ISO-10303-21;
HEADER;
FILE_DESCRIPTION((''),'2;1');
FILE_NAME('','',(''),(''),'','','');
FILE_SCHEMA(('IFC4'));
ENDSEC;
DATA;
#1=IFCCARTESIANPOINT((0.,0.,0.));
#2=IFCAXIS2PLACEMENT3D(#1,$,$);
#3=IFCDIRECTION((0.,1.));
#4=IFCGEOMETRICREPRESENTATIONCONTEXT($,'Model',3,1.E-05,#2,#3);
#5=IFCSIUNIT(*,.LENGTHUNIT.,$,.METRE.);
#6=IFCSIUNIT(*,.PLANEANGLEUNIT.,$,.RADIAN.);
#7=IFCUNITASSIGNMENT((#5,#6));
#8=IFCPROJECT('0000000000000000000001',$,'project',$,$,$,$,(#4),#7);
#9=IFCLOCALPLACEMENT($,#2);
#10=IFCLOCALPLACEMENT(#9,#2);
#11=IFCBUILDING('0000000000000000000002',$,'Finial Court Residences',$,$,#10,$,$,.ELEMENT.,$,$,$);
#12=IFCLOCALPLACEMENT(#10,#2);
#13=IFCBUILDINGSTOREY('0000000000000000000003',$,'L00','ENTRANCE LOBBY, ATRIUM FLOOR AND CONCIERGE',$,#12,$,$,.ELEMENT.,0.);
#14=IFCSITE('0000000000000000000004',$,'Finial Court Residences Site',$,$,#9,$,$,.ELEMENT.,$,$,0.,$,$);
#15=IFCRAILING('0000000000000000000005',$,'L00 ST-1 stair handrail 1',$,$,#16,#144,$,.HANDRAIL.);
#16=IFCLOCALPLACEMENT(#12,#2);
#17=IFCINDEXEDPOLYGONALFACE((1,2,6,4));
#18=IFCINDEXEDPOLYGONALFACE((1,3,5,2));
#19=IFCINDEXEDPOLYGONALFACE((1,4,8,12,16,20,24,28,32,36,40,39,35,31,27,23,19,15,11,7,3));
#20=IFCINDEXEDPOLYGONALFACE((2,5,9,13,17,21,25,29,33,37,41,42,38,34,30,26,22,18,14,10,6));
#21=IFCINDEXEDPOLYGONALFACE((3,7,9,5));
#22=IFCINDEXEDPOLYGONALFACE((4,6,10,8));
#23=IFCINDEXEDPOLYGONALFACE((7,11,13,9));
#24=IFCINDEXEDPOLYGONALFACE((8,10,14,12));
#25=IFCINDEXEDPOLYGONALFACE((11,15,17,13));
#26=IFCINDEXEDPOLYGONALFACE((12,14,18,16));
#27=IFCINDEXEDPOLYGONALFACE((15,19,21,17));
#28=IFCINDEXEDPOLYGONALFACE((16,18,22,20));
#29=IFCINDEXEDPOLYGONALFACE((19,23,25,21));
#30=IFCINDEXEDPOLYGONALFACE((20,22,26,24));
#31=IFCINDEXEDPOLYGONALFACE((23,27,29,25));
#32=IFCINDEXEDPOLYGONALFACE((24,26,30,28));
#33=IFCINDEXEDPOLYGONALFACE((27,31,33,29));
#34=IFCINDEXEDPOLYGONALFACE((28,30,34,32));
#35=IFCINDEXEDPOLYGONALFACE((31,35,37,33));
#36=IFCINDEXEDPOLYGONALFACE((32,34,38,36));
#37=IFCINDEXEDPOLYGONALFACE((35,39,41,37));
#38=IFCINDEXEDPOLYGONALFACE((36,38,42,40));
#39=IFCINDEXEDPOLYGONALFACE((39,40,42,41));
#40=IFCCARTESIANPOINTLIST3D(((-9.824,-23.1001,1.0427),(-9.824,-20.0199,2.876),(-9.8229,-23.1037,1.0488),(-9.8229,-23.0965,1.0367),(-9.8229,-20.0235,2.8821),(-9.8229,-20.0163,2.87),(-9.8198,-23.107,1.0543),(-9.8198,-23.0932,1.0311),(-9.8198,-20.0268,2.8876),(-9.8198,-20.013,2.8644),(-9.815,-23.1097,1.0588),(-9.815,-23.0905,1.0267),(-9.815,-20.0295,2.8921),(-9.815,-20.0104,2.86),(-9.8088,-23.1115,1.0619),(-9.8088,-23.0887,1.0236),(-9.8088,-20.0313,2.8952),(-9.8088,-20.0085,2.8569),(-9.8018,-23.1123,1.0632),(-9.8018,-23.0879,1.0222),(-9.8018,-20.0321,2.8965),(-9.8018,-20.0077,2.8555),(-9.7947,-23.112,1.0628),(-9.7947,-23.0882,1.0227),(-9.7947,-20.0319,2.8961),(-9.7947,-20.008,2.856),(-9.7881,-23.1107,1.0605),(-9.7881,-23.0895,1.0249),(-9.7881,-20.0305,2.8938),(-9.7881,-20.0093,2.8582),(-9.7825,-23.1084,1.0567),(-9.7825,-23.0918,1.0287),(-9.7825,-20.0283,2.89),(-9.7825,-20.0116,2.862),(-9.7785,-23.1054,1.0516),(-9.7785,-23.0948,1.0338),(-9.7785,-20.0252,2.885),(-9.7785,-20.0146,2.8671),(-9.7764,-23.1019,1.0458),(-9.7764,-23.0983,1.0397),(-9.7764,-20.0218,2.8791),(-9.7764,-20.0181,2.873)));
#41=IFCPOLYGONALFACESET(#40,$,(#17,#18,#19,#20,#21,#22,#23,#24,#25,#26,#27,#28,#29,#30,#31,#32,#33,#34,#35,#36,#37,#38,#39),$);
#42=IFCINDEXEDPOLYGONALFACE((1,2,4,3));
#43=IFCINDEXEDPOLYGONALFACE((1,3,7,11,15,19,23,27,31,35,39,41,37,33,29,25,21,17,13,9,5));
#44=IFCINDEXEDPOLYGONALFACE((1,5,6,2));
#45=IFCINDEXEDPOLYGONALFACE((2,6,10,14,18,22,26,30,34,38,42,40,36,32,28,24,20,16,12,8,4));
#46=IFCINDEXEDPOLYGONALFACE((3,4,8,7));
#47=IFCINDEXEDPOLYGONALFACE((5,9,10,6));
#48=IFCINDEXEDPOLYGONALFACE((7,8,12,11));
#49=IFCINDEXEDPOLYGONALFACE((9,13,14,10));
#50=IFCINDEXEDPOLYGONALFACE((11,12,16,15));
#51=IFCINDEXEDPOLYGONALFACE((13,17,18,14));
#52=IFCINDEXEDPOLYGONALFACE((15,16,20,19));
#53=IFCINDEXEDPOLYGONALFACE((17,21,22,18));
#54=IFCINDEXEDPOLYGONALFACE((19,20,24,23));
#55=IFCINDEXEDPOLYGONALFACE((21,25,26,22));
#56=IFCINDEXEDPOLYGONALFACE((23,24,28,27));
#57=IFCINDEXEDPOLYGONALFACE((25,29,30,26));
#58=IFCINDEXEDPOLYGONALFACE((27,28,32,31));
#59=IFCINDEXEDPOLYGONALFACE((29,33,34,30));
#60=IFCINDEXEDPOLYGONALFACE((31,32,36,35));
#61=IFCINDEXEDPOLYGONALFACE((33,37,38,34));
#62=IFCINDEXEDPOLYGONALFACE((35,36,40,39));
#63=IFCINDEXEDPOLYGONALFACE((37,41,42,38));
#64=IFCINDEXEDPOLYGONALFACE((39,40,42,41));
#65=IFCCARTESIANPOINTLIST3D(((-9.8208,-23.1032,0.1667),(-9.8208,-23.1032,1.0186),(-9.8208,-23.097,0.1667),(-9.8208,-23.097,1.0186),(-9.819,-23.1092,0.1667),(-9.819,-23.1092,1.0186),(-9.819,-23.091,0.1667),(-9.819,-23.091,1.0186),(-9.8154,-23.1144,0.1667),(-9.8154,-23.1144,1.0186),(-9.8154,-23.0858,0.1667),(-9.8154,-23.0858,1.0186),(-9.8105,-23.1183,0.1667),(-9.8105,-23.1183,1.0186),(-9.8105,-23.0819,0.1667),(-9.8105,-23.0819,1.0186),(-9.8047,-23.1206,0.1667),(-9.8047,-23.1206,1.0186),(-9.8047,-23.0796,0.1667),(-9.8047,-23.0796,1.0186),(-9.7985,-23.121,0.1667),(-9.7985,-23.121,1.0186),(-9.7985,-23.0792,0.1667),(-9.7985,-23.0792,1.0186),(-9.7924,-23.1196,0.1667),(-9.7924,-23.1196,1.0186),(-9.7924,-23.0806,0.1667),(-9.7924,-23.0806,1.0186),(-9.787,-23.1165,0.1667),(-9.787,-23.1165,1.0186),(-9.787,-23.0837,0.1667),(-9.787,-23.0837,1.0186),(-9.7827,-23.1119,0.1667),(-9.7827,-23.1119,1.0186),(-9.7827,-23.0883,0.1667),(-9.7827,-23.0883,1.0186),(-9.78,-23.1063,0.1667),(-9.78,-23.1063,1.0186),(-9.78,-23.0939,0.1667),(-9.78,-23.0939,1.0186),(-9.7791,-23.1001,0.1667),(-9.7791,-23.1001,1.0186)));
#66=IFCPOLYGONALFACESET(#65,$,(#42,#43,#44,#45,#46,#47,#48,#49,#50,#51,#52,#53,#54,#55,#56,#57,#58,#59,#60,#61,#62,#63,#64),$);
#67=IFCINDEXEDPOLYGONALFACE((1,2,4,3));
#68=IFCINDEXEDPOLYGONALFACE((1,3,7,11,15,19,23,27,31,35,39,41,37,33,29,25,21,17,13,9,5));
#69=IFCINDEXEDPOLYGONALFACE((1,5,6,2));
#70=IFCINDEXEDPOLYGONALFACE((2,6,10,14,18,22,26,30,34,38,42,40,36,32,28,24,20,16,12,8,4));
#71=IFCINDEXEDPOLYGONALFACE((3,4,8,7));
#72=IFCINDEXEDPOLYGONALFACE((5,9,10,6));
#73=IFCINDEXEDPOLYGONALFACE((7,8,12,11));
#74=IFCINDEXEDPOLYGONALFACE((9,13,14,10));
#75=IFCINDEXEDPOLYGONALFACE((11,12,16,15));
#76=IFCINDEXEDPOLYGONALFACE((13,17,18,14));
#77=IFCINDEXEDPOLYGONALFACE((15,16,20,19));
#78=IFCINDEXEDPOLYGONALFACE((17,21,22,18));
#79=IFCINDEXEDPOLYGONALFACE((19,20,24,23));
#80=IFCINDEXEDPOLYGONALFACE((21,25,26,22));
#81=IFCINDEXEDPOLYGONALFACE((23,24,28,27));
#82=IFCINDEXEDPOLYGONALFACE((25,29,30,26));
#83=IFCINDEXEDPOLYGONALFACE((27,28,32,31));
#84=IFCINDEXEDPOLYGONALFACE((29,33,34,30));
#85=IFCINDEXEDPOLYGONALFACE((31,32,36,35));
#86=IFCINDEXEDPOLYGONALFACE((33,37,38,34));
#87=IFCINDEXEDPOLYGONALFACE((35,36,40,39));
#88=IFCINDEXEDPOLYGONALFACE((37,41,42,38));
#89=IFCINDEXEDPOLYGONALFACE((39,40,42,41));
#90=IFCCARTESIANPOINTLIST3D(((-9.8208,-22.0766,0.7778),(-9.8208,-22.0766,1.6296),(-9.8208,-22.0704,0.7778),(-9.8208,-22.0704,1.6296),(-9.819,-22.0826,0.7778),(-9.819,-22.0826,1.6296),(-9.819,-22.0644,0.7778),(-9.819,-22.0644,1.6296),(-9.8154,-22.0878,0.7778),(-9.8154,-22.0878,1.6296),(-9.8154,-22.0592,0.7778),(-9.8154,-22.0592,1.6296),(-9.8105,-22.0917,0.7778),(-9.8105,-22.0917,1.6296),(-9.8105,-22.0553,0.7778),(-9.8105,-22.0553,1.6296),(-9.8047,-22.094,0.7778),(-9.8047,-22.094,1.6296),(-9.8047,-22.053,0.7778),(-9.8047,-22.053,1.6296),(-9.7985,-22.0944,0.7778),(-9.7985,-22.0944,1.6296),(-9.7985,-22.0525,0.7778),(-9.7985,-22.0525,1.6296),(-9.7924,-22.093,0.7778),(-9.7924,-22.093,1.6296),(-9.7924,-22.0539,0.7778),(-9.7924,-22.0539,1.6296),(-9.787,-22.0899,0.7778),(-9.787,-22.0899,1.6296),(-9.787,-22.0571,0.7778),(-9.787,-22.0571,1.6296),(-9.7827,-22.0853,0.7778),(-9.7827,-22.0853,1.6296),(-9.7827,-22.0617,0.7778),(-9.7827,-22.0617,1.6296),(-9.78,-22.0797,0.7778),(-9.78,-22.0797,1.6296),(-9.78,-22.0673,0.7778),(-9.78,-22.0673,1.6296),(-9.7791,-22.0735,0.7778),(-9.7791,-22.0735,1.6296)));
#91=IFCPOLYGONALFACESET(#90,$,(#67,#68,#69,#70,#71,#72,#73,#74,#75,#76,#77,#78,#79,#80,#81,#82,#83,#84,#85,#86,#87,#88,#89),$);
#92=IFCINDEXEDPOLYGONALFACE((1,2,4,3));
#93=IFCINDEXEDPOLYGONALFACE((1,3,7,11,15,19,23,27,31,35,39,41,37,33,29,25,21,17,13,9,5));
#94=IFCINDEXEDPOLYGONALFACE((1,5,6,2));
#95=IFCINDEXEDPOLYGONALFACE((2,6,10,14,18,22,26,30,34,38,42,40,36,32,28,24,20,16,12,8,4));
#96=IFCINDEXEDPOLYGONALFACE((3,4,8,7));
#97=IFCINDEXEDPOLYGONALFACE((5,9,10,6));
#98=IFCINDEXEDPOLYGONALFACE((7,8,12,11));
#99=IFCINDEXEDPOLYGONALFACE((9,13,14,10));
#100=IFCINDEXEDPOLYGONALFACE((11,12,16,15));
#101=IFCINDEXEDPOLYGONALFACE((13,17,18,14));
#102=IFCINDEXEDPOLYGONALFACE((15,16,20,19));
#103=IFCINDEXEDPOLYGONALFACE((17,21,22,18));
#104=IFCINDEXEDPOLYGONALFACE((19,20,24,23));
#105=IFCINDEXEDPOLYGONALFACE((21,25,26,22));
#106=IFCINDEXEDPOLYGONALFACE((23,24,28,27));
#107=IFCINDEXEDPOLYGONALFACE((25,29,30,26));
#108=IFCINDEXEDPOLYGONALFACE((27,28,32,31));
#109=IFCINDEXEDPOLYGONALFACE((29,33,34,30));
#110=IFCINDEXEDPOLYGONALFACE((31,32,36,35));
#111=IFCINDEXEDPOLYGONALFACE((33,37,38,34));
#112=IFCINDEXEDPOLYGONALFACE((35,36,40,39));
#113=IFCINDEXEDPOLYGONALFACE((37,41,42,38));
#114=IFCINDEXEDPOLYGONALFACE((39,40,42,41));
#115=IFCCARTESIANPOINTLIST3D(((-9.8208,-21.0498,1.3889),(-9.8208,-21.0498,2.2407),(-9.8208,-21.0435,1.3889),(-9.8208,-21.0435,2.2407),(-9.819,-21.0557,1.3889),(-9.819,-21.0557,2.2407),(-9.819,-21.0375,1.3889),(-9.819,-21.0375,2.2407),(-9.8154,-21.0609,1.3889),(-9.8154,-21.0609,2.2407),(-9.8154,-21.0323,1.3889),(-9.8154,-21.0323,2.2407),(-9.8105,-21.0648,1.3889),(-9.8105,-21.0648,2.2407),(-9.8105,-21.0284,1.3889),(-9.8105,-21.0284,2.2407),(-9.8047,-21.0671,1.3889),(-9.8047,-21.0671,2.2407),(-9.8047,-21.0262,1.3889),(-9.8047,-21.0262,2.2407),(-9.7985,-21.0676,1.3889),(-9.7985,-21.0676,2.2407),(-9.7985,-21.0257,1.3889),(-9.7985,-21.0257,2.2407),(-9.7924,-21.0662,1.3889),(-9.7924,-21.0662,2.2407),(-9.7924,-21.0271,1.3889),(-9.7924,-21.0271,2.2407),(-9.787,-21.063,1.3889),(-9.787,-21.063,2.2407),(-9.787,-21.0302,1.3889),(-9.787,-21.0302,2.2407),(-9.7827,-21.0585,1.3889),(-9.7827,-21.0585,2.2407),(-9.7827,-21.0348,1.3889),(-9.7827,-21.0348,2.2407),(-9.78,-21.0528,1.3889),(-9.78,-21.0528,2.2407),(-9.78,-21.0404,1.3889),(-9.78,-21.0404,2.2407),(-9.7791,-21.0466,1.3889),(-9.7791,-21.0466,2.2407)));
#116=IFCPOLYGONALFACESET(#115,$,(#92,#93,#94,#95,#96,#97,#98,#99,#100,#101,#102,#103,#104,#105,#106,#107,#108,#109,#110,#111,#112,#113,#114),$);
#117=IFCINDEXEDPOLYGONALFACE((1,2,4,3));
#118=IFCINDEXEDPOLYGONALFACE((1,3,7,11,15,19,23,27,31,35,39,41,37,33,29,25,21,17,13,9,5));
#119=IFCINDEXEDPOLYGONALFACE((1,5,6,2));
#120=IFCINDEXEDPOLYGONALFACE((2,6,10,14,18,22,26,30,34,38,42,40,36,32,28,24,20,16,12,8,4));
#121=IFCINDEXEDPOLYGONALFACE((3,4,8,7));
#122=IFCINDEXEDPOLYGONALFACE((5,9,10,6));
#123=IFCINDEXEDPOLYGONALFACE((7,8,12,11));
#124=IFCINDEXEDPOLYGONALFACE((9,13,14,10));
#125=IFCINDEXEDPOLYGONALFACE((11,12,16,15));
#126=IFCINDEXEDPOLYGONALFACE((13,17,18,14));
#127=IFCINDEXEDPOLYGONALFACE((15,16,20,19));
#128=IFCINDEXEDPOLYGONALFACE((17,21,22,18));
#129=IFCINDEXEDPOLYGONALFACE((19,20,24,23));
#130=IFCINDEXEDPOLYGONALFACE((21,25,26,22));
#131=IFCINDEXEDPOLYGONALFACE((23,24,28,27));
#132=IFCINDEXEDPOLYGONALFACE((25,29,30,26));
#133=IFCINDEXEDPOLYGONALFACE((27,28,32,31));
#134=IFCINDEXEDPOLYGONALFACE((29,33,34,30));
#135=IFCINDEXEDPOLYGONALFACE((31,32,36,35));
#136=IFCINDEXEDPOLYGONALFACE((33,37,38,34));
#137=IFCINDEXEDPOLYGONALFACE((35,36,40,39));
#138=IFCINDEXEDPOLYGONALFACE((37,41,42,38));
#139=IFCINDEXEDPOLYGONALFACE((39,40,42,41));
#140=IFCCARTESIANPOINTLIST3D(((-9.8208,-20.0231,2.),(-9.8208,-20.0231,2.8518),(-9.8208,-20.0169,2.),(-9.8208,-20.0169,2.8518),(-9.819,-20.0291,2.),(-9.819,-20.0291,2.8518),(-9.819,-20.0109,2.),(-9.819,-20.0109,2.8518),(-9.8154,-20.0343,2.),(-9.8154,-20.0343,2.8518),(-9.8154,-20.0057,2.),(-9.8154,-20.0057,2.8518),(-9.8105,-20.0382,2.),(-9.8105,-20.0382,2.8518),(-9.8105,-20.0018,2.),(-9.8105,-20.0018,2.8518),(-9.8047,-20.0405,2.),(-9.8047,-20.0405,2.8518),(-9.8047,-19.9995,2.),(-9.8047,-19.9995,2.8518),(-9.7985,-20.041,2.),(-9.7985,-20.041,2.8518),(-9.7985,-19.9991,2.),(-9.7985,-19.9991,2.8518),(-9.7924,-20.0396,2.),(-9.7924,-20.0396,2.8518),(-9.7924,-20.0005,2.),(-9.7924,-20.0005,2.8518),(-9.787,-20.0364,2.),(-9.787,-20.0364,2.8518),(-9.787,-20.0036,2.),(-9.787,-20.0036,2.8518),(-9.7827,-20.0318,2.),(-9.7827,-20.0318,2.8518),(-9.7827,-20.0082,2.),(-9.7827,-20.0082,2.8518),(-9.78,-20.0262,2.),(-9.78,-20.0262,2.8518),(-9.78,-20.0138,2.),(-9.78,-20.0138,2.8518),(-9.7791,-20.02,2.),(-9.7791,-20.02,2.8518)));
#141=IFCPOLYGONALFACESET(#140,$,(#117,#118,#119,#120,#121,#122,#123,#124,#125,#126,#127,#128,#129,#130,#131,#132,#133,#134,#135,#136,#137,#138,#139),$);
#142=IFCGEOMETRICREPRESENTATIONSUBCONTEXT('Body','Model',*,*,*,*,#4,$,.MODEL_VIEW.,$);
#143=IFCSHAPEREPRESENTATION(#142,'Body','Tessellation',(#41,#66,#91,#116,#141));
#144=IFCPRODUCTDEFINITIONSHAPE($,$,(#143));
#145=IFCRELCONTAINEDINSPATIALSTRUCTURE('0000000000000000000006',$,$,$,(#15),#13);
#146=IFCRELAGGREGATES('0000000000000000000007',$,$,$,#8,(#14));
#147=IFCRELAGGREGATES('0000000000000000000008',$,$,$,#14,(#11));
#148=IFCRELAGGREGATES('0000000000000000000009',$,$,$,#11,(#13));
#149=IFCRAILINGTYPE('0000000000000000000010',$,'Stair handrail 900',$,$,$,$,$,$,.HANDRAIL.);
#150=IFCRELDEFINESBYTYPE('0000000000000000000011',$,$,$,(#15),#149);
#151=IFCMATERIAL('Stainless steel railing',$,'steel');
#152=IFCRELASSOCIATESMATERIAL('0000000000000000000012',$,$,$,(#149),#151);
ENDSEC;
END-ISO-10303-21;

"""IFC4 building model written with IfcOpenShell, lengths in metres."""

from ifc_helpers import new_model, si_unit, direction, frame, origin, origin_2d, place, context, subcontext, project, spatial, circle, extrude, material, type_object, element, save


model = new_model("IFC4")

# Units and contexts
model_context = context("Model", 3, precision=1e-05, world=origin(), true_north=direction((0.0, 1.0)))
body_context = subcontext(model_context, "Body", "Model", "MODEL_VIEW")
ifc_project = project(units=[si_unit("LENGTHUNIT", "METRE"), si_unit("PLANEANGLEUNIT", "RADIAN")], contexts=[model_context])

# Site, building, storey
site_placement = place(None, origin())
site = spatial("IfcSite", under=ifc_project, at=site_placement, Name="Finial Court Residences Site", CompositionType="ELEMENT", RefElevation=0.0)
building_placement = place(site_placement, origin())
building = spatial("IfcBuilding", under=site, at=building_placement, Name="Finial Court Residences", CompositionType="ELEMENT")
storey_placement = place(building_placement, origin())
storey = spatial("IfcBuildingStorey", under=building, at=storey_placement, Name="L00", Description="ENTRANCE LOBBY, ATRIUM FLOOR AND CONCIERGE", CompositionType="ELEMENT", Elevation=0.0)

# Railing
ifc_material_1 = material(Name="Stainless steel railing", Category="steel")
railing_type_1 = type_object("IfcRailingType", Name="Stair handrail 900", PredefinedType="HANDRAIL", material=ifc_material_1)
for number, where, name in (
    (1, (-9.8, -23.1001, 0.1667), "L00 ST-1 stair handrail 1"),
):
    element("IfcRailing", number, at=place(storey_placement, frame(where)), inside=storey, type_object=railing_type_1, Name=name, PredefinedType="HANDRAIL", context=body_context, shape_type="SweptSolid", body=[
        extrude(circle(Radius=0.0239, at=origin_2d()), frame((0.0, 0.0, 0.876), z_axis=(0.0, 0.859309, 0.511458), x_axis=(-1.0, 0.0, 0.0)), (0.0, 0.0, 1.0), 3.5845),
        extrude(circle(Radius=0.021, at=origin_2d()), origin(), (0.0, 0.0, 1.0), 0.8518),
        extrude(circle(Radius=0.021, at=origin_2d()), frame((0.0, 1.0266, 0.6111)), (0.0, 0.0, 1.0), 0.8518),
        extrude(circle(Radius=0.021, at=origin_2d()), frame((0.0, 2.0535, 1.2222)), (0.0, 0.0, 1.0), 0.8518),
        extrude(circle(Radius=0.021, at=origin_2d()), frame((0.0, 3.0801, 1.8333)), (0.0, 0.0, 1.0), 0.8518),
    ])

save(model, "model.ifc")
